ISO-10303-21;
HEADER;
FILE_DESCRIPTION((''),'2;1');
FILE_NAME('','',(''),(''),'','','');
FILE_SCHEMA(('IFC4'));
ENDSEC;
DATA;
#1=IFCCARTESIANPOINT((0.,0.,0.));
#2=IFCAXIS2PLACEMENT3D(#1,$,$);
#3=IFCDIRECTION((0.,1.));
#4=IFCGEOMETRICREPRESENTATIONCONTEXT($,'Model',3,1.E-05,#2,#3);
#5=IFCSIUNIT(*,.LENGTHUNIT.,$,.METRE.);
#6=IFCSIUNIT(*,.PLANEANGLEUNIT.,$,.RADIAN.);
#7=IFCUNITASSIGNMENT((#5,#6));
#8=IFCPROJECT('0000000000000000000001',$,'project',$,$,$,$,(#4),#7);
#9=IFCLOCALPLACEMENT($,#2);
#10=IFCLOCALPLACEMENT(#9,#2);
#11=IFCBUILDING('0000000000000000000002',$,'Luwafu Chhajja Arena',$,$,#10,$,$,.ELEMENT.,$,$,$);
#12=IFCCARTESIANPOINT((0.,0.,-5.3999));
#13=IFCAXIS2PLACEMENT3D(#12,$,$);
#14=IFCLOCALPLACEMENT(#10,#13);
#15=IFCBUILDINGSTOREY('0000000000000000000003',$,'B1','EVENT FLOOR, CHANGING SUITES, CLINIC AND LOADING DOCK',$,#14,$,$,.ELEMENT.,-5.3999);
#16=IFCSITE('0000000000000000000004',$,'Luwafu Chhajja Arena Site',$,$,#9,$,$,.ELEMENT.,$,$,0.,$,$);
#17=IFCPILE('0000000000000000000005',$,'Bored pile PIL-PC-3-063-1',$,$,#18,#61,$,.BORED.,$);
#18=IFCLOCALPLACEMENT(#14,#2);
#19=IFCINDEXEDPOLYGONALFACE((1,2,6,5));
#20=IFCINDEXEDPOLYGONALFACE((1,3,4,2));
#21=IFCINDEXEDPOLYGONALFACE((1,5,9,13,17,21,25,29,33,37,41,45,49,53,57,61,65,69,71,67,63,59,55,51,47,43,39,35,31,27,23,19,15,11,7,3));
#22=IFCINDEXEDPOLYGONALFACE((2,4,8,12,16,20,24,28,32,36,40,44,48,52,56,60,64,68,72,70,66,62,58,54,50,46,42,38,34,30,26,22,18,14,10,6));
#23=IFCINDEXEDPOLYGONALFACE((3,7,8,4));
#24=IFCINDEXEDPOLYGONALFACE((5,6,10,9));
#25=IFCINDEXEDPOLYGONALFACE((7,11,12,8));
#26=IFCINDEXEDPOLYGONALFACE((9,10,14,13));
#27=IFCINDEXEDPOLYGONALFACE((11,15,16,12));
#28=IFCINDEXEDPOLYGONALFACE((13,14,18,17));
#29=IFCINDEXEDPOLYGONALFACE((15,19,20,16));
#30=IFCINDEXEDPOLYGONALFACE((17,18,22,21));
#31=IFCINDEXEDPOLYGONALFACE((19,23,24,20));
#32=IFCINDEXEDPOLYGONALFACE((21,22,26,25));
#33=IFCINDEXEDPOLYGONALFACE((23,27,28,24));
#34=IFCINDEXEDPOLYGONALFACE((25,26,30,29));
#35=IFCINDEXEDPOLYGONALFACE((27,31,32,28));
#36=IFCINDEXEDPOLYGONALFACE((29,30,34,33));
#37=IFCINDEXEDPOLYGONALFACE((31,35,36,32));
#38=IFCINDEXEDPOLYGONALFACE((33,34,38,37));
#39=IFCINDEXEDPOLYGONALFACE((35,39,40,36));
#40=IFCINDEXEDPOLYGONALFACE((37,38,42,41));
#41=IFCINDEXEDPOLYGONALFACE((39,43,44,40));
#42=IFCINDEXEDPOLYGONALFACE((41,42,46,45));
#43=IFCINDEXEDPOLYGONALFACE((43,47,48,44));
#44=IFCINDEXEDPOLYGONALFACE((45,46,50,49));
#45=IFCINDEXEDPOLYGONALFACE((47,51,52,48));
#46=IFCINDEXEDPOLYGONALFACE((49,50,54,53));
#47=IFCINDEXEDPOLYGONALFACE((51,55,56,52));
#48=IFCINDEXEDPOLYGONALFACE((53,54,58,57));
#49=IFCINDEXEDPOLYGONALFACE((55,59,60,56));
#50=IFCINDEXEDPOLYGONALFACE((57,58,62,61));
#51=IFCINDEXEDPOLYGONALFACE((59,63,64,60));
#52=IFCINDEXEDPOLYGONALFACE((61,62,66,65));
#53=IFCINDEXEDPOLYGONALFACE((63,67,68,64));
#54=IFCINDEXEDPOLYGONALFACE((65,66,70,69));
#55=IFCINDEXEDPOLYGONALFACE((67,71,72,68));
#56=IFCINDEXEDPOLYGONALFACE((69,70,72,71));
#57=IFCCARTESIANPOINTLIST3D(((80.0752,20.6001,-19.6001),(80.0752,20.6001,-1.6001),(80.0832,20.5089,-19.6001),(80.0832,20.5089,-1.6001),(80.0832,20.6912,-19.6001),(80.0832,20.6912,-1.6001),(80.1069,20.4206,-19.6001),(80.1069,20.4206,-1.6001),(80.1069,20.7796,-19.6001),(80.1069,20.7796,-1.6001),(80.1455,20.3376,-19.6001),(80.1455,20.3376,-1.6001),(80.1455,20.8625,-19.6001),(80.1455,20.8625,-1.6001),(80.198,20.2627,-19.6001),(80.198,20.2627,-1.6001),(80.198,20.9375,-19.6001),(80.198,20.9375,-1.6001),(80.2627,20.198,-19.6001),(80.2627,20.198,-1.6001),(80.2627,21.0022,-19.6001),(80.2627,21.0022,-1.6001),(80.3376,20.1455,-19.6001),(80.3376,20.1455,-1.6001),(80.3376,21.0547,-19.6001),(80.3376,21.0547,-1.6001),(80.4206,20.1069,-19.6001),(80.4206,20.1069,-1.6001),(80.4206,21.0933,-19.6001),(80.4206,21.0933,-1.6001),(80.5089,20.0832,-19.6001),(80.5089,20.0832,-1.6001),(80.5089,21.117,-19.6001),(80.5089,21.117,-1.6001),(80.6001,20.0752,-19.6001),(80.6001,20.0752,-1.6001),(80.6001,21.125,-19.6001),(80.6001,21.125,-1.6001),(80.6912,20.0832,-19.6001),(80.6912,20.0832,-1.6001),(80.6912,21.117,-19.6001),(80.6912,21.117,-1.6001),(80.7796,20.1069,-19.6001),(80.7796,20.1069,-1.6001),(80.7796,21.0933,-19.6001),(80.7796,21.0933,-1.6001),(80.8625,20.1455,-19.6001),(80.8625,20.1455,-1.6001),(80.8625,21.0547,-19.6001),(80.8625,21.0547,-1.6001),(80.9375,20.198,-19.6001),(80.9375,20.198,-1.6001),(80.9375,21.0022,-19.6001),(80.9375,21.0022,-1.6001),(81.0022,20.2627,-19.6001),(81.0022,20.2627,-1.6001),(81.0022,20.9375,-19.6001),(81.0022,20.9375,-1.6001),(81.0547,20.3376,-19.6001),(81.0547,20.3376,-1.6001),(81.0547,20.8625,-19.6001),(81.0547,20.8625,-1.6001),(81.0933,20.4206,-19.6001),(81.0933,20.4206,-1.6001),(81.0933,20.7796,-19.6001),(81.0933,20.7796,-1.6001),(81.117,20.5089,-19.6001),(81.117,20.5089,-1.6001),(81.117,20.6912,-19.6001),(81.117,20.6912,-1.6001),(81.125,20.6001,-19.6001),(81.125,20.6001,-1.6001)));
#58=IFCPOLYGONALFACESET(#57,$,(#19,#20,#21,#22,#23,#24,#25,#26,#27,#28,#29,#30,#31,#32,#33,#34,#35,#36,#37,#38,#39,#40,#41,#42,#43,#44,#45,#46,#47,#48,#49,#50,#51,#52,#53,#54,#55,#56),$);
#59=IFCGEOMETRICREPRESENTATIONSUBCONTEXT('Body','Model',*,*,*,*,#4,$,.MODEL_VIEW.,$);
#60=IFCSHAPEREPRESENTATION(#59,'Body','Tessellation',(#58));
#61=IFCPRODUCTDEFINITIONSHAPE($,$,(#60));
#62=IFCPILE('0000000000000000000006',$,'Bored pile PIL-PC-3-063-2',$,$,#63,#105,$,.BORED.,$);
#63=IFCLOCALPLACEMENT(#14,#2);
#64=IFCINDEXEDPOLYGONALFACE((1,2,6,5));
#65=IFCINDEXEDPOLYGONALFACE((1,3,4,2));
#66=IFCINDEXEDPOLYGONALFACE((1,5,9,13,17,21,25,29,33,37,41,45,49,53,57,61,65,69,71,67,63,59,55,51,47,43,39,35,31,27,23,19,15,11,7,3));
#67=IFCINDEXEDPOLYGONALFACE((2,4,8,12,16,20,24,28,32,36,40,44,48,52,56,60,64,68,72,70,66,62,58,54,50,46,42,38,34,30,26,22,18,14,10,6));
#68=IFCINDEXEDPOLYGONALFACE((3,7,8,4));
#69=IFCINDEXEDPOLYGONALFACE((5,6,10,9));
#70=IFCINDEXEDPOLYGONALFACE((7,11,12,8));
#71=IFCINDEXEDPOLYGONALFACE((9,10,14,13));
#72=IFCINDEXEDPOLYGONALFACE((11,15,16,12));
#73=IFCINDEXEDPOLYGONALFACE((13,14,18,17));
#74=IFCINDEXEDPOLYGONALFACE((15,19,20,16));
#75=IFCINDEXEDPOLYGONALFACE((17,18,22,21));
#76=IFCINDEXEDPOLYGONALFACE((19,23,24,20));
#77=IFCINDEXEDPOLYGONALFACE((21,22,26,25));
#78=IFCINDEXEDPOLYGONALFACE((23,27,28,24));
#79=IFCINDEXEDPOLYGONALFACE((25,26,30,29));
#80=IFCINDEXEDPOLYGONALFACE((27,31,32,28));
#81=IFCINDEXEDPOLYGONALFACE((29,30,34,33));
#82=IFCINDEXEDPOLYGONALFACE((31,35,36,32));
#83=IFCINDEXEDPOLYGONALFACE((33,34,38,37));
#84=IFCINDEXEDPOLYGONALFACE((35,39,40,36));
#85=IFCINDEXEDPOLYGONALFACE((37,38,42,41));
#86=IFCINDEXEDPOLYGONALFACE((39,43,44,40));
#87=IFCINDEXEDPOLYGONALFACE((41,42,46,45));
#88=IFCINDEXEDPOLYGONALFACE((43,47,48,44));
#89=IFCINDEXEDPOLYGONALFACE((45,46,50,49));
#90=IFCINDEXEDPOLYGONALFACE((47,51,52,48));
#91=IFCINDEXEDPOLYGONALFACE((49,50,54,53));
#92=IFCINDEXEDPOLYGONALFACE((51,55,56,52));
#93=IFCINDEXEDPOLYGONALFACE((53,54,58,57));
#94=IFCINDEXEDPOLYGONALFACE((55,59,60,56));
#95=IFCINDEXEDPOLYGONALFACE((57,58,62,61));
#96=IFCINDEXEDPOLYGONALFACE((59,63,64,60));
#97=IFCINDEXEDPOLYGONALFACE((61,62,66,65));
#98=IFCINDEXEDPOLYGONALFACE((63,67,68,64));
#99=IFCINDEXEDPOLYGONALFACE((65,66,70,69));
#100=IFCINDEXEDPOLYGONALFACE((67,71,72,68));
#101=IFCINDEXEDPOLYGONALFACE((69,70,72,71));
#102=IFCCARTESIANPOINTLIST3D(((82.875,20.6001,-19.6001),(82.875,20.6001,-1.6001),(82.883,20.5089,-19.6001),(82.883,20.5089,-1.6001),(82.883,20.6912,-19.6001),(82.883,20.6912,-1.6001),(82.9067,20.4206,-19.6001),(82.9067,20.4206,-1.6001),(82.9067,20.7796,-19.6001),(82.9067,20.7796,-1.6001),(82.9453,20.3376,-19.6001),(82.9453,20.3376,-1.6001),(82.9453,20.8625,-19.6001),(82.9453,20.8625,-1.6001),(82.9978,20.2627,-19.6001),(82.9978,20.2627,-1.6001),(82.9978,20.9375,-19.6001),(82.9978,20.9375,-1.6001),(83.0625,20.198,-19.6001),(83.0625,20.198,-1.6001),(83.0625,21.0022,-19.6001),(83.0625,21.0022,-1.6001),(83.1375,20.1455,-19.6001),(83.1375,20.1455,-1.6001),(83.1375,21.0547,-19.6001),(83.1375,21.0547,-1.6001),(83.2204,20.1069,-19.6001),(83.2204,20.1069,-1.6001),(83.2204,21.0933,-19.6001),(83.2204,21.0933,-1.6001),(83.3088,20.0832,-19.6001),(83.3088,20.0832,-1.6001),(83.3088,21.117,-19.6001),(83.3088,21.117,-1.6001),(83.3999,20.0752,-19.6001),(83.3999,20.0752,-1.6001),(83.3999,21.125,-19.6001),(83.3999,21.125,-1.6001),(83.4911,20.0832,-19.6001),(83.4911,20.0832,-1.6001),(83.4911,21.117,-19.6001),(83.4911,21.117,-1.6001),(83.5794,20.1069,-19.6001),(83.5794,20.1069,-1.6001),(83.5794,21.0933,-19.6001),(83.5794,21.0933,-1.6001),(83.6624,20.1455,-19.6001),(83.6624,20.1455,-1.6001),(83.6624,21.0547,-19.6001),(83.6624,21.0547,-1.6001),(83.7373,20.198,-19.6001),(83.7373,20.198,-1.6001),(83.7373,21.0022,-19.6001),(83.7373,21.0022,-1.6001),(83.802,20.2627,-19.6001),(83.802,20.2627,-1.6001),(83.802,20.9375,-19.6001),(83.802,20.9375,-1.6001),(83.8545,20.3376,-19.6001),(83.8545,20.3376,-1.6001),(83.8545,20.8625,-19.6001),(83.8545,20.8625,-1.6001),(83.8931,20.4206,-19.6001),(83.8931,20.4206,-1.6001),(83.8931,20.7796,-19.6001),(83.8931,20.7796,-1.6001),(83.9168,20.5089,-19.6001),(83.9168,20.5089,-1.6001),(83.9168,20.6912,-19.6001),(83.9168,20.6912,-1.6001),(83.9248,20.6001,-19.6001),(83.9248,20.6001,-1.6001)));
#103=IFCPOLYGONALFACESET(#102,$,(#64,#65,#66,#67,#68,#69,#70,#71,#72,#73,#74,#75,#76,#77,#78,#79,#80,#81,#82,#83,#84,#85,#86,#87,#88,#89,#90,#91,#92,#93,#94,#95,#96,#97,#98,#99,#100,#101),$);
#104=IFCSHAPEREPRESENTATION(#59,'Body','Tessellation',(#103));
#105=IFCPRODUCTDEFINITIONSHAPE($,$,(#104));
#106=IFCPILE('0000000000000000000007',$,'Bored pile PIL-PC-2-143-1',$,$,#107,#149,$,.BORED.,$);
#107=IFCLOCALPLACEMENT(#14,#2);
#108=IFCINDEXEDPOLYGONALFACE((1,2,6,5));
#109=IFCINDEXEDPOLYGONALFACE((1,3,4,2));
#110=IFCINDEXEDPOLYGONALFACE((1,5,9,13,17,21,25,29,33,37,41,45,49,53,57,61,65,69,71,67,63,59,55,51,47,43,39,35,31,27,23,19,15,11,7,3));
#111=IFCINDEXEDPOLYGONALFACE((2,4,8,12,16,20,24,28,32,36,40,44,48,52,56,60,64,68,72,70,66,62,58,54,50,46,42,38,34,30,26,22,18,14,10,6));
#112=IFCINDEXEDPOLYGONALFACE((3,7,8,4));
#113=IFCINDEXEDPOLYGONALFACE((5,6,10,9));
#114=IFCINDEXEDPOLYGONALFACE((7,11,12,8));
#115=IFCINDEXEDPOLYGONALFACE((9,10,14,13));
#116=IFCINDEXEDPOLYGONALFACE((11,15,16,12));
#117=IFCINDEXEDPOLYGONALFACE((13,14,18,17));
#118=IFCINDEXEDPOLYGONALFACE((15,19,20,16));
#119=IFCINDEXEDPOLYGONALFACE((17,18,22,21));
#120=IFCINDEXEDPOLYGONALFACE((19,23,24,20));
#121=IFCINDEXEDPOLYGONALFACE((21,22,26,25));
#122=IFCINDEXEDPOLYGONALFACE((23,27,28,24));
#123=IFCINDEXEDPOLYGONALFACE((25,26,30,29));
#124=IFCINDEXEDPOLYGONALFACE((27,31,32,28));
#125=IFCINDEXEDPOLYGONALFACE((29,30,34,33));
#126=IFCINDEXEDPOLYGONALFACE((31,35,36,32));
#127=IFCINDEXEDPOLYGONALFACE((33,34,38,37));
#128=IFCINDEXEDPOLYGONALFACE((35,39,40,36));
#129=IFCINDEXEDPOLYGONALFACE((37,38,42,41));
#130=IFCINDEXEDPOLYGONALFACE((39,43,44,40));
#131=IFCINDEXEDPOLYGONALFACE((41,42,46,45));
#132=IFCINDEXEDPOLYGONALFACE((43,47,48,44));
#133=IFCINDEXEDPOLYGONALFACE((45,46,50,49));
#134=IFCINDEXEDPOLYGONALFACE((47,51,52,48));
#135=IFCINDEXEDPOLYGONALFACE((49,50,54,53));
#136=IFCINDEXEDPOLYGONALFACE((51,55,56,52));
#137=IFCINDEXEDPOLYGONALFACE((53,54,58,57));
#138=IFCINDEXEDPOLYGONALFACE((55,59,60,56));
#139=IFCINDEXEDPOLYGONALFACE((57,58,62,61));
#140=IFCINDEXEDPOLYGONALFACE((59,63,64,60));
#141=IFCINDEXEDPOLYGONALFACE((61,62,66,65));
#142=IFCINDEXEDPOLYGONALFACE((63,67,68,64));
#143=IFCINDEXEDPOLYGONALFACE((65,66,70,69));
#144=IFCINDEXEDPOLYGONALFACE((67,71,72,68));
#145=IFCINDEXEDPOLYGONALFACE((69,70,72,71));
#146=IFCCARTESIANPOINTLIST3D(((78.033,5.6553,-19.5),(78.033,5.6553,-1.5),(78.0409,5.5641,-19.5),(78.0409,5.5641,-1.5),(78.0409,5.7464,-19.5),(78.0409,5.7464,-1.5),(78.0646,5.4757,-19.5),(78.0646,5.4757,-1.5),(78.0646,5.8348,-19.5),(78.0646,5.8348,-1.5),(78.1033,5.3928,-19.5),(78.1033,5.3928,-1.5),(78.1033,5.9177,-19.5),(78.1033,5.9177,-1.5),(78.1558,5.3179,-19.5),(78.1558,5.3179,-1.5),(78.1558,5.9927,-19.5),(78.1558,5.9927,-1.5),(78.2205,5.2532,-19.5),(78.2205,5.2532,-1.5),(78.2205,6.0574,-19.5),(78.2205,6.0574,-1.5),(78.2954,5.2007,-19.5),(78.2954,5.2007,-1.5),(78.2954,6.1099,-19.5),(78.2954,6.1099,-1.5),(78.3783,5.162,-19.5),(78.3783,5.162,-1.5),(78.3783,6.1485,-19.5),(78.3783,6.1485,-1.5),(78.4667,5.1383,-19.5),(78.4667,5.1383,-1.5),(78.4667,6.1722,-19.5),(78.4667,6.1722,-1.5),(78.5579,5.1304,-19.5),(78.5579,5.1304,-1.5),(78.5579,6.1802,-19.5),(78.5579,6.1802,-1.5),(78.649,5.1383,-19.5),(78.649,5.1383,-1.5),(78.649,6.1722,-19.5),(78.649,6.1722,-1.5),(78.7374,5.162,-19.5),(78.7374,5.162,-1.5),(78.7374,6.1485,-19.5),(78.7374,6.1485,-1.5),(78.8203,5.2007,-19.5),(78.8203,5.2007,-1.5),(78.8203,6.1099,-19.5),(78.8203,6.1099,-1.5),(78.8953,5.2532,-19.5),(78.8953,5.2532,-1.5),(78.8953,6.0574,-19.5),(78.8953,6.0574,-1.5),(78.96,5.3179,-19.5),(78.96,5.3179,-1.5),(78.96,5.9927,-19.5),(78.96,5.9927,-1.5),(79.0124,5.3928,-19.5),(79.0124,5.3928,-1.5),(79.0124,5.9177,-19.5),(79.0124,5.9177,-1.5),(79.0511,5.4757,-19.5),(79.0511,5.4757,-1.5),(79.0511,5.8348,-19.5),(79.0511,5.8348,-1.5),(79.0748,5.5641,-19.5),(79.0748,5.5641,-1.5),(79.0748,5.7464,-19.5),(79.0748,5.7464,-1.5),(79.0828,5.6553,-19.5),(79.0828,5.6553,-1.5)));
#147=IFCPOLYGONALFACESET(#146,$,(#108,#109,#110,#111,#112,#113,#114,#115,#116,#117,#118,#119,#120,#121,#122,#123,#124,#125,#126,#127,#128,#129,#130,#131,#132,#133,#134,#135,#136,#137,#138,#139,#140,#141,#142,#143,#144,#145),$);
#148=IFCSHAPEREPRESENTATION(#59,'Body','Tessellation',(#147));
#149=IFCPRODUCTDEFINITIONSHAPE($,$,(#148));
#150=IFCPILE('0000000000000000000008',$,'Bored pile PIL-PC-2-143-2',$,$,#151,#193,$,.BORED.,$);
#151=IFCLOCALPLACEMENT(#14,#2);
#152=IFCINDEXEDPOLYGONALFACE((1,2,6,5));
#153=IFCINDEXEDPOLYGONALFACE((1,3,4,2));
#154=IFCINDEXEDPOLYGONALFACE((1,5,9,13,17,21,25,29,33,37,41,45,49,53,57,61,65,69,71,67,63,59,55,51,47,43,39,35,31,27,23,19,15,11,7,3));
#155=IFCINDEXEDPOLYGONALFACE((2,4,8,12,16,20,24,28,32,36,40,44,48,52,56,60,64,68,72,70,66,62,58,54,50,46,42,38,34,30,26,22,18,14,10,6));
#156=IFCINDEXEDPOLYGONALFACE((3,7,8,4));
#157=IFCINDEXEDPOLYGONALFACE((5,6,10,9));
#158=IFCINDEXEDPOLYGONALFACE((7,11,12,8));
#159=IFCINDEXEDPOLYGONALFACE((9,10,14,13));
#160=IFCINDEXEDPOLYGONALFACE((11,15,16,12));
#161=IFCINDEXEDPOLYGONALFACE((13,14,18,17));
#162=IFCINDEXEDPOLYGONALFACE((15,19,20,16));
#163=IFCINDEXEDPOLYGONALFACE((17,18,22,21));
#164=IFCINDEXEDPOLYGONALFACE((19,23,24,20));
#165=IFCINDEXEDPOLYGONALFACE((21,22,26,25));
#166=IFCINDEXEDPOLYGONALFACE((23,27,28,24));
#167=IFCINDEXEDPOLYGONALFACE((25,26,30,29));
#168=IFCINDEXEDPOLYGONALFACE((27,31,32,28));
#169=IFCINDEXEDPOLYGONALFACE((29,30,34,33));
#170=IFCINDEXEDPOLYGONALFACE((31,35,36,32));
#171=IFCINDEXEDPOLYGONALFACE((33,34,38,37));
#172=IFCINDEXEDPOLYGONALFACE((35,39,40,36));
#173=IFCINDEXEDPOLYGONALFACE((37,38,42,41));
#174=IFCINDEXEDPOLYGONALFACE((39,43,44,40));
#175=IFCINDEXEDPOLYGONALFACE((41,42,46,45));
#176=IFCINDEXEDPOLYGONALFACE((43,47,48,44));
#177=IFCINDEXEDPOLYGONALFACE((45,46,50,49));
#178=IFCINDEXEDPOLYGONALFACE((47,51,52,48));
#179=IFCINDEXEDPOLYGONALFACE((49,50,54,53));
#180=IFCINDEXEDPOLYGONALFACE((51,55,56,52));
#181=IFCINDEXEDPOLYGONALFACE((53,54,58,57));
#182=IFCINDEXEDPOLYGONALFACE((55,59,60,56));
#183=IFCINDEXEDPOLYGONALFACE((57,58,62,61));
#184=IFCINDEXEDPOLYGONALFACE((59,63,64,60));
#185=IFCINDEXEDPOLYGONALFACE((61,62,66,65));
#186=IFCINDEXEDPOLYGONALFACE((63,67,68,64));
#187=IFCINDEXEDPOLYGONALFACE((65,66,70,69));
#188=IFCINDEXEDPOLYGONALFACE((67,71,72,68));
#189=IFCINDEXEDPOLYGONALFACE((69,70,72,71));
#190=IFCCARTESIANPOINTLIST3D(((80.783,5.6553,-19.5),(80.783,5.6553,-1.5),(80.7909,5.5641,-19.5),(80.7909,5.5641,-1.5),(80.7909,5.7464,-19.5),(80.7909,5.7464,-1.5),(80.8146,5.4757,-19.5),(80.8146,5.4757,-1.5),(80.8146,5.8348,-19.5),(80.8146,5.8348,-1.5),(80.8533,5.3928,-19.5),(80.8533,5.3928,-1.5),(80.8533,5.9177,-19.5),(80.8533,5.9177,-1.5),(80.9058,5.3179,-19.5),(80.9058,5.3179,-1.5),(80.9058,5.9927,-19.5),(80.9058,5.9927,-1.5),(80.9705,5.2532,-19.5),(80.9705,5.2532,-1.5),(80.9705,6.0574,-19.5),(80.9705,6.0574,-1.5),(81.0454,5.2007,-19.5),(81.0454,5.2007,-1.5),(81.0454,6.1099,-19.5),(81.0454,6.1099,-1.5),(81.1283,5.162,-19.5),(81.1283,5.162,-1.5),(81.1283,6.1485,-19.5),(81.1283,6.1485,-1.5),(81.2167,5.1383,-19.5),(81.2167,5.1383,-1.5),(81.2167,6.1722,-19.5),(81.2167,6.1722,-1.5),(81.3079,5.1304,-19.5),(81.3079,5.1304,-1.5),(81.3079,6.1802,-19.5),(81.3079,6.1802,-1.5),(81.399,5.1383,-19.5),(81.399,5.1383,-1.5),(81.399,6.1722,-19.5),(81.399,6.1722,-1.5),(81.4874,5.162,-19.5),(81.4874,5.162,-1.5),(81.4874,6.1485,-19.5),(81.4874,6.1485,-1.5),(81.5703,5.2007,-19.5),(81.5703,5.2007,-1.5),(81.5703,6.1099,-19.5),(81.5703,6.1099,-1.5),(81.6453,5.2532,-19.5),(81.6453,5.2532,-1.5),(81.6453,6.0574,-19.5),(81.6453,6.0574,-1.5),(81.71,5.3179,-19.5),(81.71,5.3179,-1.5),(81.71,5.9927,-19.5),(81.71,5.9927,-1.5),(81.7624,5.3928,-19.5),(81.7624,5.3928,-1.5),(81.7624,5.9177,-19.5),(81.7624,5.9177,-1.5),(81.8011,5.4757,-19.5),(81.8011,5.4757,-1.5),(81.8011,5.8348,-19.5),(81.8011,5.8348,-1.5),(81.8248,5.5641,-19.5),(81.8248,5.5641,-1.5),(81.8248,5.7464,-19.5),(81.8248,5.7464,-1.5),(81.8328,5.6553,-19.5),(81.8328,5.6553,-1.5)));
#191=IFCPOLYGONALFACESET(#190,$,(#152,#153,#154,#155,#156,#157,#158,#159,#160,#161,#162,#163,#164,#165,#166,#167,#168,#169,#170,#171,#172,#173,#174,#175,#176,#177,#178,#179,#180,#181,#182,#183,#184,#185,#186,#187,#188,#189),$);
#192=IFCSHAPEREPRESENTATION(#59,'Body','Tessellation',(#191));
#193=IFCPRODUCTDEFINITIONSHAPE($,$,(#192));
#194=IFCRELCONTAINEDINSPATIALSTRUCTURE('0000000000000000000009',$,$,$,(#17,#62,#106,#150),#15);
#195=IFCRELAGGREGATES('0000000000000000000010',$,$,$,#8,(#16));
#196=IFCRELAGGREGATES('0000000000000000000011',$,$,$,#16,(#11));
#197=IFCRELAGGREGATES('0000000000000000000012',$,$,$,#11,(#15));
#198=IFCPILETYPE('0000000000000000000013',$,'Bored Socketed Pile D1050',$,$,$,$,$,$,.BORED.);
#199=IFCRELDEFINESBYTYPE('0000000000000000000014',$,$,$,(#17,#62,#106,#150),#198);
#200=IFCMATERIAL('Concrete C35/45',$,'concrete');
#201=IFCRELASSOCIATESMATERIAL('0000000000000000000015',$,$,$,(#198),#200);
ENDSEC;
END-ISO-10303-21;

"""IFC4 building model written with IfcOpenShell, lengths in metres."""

from ifc_helpers import new_model, si_unit, direction, frame, origin, origin_2d, place, context, subcontext, project, spatial, circle, extrude, material, material_profile, profile_set, type_object, element, save


model = new_model("IFC4")

# Units and contexts
model_context = context("Model", 3, precision=1e-05, world=origin(), true_north=direction((0.0, 1.0)))
body_context = subcontext(model_context, "Body", "Model", "MODEL_VIEW")
ifc_project = project(units=[si_unit("LENGTHUNIT", "METRE"), si_unit("PLANEANGLEUNIT", "RADIAN")], contexts=[model_context])

# Site, building, storey
site_placement = place(None, origin())
site = spatial("IfcSite", under=ifc_project, at=site_placement, Name="Luwafu Chhajja Arena Site", CompositionType="ELEMENT", RefElevation=0.0)
building_placement = place(site_placement, origin())
building = spatial("IfcBuilding", under=site, at=building_placement, Name="Luwafu Chhajja Arena", CompositionType="ELEMENT")
storey_placement = place(building_placement, frame((0.0, 0.0, -5.3999)))
storey = spatial("IfcBuildingStorey", under=building, at=storey_placement, Name="B1", Description="EVENT FLOOR, CHANGING SUITES, CLINIC AND LOADING DOCK", CompositionType="ELEMENT", Elevation=-5.3999)

# Piles
ifc_material_1 = material(Name="Concrete C35/45", Category="concrete")
ifc_material_profile_1 = material_profile(ifc_material_1, circle(Radius=0.5249, at=origin_2d()), Name="PILE D1050")
ifc_profile_set_1 = profile_set([ifc_material_profile_1], Name="Concrete C35/45")
pile_type_1 = type_object("IfcPileType", Name="Bored Socketed Pile D1050", PredefinedType="BORED", material=ifc_profile_set_1)
for number, where, z_axis, x_axis, name in (
    (1, (80.6001, 20.6001, -1.6001), (0.0, 0.0, -1.0), (1.0, 0.0, 0.0), "Bored pile PIL-PC-3-063-1"),
    (2, (83.3999, 20.6001, -1.6001), (0.0, 0.0, -1.0), (1.0, 0.0, 0.0), "Bored pile PIL-PC-3-063-2"),
    (3, (78.5579, 5.6553, -1.5), (0.0, 0.0, -1.0), (1.0, 0.0, 0.0), "Bored pile PIL-PC-2-143-1"),
    (4, (81.3079, 5.6553, -1.5), (0.0, 0.0, -1.0), (1.0, 0.0, 0.0), "Bored pile PIL-PC-2-143-2"),
):
    element("IfcPile", number, at=place(storey_placement, frame(where, z_axis=z_axis, x_axis=x_axis)), inside=storey, type_object=pile_type_1, Name=name, PredefinedType="BORED", context=body_context, shape_type="SweptSolid", body=[
        extrude(circle(Radius=0.5249, at=origin_2d()), origin(), (0.0, 0.0, 1.0), 18.0),
    ])

save(model, "model.ifc")
